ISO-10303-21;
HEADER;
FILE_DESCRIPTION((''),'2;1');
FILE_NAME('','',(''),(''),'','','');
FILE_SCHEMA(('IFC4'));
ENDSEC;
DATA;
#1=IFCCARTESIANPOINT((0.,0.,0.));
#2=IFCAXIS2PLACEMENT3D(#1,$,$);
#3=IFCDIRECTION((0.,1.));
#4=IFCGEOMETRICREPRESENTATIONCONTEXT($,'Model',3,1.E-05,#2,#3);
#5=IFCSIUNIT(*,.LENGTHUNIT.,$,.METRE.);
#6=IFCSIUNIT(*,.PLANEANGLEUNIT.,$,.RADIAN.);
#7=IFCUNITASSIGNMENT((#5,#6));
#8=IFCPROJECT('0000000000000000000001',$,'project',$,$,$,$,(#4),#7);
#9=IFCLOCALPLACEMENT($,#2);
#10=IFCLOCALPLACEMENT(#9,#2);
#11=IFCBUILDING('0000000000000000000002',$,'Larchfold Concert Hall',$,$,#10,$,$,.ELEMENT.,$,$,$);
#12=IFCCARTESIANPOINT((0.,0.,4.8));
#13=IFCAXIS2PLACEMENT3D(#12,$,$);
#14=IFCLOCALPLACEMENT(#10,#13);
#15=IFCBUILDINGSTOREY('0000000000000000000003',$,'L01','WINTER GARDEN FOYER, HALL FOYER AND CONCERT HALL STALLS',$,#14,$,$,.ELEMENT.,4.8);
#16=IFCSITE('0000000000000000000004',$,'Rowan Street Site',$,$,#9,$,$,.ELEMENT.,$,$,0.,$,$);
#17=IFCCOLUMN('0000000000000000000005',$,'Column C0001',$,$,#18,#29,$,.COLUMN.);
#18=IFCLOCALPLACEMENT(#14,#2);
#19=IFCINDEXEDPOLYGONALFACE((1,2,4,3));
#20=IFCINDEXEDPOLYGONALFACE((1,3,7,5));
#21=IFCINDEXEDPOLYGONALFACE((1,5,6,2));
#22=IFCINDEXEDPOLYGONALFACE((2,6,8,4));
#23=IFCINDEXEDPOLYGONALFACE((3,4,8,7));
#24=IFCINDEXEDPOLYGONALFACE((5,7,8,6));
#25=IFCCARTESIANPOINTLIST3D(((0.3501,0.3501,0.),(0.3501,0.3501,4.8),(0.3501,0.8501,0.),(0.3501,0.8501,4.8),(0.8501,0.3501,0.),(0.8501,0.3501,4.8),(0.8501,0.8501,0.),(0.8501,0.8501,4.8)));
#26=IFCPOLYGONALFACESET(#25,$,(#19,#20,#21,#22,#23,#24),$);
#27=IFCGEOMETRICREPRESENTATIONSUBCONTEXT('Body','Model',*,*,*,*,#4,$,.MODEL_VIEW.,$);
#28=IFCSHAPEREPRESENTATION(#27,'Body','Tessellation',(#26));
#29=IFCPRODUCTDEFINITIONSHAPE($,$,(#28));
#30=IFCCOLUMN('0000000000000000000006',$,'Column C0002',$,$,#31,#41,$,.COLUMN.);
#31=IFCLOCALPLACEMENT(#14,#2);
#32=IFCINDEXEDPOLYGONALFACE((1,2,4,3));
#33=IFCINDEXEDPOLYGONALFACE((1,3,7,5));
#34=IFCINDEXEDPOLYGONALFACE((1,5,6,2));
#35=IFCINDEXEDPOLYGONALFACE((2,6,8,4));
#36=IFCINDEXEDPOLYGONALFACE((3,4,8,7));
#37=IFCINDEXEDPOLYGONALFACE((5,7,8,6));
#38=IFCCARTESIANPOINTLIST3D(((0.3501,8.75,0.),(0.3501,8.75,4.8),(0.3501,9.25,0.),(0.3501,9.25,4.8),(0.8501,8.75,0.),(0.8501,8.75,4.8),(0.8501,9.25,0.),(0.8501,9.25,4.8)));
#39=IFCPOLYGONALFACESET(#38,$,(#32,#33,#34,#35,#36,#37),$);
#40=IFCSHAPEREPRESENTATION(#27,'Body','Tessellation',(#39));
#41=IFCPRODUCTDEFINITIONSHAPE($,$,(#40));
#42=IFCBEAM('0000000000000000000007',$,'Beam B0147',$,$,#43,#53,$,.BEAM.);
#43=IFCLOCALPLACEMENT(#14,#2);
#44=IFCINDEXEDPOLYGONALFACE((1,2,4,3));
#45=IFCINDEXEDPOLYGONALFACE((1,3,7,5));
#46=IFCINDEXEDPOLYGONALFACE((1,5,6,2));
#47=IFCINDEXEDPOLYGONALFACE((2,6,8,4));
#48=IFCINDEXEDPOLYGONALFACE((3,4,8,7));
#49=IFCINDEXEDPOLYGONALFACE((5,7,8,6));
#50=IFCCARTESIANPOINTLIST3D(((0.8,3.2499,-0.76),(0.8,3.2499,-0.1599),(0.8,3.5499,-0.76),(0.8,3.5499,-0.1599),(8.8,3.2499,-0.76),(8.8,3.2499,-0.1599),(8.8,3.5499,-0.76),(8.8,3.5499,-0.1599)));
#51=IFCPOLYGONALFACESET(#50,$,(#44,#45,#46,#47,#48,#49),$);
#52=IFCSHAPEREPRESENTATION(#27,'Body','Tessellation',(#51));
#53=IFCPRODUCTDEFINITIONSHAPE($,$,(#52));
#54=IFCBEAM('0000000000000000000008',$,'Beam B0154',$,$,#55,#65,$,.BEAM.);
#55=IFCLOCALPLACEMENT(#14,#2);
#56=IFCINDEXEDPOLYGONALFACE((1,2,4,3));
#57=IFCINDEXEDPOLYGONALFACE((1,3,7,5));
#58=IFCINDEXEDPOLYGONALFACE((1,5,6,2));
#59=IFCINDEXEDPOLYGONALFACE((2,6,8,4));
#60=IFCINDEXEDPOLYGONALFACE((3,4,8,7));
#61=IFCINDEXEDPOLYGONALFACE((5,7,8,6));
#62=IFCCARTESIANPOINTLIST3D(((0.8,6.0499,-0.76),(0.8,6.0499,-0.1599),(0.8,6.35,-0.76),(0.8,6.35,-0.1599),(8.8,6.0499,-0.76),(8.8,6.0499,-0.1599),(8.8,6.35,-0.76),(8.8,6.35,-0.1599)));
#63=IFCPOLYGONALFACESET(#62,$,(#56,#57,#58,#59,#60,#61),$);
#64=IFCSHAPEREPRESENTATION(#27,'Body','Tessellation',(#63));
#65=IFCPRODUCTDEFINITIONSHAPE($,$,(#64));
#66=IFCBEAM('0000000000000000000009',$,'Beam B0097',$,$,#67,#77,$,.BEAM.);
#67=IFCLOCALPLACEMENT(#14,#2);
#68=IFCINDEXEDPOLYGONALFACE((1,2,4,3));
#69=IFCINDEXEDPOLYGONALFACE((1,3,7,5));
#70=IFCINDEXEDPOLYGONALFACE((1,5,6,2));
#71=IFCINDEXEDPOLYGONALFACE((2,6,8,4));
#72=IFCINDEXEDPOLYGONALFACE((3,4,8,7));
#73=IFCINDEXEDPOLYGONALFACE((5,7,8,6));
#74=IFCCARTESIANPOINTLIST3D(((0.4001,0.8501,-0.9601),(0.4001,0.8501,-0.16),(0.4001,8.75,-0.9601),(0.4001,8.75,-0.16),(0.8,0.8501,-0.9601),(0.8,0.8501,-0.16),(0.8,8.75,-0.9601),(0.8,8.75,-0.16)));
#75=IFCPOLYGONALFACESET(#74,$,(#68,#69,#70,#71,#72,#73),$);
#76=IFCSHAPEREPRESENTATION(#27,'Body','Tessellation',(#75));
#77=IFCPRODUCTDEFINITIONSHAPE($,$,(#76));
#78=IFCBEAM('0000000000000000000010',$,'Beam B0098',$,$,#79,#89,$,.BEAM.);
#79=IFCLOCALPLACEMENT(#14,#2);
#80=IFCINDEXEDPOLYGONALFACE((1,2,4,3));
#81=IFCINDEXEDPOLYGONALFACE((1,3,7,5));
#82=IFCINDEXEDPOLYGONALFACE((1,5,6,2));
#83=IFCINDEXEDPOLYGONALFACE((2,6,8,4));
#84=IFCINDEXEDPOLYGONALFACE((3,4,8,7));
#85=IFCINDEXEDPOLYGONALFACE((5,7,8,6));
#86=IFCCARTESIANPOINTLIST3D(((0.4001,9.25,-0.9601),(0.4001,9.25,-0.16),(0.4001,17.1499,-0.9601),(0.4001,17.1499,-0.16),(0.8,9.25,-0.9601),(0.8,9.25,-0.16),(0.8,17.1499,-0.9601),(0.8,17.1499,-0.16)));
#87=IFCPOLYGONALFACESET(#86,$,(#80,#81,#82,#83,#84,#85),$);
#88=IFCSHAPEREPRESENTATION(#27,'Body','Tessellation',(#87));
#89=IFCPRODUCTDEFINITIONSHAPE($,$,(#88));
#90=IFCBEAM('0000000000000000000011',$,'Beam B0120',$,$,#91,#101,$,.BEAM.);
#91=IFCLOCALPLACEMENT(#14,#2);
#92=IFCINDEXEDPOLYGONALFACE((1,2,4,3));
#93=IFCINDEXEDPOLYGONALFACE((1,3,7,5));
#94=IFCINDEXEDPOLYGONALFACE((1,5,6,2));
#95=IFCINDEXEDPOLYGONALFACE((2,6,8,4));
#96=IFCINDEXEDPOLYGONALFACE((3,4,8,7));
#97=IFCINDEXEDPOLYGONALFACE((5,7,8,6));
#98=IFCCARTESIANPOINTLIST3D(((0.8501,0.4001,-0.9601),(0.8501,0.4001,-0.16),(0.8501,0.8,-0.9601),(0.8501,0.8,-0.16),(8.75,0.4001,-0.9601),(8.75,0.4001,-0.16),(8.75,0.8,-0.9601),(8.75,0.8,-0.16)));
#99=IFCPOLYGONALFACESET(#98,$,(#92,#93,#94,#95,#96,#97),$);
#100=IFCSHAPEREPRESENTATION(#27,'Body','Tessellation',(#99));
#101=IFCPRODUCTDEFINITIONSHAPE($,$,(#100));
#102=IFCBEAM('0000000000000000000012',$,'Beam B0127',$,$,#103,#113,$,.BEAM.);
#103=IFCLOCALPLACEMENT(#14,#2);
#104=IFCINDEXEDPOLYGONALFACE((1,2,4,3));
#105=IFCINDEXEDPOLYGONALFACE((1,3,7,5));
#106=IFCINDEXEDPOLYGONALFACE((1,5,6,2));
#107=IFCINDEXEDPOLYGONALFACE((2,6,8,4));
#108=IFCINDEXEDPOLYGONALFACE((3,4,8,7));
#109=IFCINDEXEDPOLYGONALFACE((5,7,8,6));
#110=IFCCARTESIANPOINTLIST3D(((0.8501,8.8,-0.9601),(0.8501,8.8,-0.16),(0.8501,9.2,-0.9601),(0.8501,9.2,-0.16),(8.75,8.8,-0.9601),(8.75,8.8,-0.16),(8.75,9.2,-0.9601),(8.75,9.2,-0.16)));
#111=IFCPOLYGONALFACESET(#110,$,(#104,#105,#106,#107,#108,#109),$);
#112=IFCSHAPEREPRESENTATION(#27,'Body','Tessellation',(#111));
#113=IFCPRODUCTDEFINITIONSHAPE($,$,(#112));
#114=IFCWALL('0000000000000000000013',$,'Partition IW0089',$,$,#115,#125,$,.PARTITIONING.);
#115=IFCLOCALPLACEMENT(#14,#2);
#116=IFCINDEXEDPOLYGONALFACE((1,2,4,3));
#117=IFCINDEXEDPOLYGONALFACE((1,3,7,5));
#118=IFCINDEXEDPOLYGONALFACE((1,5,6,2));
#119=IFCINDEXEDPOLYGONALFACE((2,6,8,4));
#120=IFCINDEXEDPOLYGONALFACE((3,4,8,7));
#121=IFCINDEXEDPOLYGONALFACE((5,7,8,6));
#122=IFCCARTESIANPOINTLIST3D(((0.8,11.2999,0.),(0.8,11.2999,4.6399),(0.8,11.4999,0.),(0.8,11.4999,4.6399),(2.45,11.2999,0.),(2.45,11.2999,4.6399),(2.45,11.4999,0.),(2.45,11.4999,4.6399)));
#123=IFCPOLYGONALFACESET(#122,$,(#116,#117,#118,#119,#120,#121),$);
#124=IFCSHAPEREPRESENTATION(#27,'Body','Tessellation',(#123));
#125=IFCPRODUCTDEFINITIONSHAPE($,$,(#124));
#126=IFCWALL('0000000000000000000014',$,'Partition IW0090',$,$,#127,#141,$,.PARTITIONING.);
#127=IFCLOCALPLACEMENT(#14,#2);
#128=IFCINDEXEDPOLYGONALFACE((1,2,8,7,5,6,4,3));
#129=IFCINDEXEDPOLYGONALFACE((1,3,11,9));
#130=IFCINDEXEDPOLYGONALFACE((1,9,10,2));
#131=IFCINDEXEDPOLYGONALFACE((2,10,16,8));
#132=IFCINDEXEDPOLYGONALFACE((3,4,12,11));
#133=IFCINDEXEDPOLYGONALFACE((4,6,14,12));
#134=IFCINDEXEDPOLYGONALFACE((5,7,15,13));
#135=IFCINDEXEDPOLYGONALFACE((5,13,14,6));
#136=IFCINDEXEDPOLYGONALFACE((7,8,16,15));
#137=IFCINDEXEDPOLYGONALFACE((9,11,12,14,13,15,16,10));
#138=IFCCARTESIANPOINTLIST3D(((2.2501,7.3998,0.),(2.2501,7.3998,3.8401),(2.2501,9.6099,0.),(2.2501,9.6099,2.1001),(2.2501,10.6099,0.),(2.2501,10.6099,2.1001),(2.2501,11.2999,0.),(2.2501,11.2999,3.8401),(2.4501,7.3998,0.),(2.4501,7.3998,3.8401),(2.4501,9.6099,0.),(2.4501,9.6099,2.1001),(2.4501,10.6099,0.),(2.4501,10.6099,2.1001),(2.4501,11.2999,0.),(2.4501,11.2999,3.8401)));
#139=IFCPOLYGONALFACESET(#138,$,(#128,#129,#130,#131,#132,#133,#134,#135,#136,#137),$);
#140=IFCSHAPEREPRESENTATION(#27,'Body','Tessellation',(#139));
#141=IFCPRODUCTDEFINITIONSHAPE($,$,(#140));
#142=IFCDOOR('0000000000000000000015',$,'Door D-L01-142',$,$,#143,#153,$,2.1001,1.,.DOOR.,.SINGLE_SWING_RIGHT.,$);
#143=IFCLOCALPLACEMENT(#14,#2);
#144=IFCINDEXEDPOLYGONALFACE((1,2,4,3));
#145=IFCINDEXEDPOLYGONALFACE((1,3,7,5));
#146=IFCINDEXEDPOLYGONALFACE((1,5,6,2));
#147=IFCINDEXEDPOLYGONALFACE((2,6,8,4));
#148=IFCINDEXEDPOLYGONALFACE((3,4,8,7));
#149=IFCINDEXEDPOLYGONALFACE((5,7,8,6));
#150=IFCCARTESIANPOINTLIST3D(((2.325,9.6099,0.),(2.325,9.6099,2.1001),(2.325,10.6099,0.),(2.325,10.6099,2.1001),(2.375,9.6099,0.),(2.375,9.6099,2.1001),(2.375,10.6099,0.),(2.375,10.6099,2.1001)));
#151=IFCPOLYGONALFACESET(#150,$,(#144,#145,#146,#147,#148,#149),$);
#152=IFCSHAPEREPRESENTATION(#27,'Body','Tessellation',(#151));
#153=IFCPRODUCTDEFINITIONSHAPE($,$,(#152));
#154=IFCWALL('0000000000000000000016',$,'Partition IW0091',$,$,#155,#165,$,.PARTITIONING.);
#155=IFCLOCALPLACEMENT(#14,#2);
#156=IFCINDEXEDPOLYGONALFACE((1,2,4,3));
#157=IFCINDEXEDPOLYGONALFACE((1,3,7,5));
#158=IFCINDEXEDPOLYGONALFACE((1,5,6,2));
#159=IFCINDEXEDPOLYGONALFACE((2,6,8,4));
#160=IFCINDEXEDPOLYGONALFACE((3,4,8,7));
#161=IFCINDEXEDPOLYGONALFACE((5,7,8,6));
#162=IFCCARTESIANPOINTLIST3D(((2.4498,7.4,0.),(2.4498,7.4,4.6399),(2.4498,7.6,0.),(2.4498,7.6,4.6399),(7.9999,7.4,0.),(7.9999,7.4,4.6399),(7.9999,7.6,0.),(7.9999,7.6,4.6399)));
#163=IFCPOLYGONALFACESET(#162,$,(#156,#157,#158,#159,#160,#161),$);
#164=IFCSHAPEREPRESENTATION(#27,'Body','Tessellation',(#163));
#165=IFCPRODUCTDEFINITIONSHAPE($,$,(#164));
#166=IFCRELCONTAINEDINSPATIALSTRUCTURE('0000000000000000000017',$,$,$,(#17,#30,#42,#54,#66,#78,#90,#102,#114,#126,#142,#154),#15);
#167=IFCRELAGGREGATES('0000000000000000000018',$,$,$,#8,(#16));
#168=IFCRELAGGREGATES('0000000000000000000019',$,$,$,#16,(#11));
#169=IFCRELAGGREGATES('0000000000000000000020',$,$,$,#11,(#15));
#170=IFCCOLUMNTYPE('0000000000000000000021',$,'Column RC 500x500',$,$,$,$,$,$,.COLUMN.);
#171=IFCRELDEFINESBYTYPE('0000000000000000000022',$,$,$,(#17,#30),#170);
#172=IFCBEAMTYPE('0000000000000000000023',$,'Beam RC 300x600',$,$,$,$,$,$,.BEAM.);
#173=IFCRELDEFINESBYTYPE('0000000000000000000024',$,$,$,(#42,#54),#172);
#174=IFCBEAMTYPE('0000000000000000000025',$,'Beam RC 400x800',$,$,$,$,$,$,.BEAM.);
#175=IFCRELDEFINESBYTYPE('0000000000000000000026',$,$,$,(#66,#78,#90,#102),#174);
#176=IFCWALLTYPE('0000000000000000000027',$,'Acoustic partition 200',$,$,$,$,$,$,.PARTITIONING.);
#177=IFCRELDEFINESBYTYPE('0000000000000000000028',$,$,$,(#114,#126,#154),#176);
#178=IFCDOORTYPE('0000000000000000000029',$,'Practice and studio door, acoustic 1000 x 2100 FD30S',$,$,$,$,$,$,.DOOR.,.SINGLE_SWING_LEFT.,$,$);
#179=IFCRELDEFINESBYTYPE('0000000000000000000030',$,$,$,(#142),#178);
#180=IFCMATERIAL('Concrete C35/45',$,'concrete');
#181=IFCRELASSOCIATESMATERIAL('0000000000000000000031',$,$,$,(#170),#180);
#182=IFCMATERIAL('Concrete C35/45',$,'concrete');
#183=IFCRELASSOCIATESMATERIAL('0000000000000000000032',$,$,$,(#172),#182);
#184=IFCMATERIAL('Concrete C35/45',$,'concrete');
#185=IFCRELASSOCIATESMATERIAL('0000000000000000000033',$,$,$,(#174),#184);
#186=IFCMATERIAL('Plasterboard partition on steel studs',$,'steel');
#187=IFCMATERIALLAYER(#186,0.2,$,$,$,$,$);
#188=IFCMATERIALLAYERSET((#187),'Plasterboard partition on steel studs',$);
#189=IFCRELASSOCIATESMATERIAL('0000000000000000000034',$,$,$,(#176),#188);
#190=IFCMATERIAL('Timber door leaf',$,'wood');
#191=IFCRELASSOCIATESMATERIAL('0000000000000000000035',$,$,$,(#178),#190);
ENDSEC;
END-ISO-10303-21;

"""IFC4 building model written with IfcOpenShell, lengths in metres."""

from ifc_helpers import new_model, si_unit, direction, frame, frame_2d, origin, origin_2d, place, context, subcontext, project, spatial, rectangle, extrude, material, layer, layer_set, material_profile, profile_set, type_object, element, fill, save


model = new_model("IFC4")

# Units and contexts
model_context = context("Model", 3, precision=1e-05, world=origin(), true_north=direction((0.0, 1.0)))
body_context = subcontext(model_context, "Body", "Model", "MODEL_VIEW")
ifc_project = project(units=[si_unit("LENGTHUNIT", "METRE"), si_unit("PLANEANGLEUNIT", "RADIAN")], contexts=[model_context])

# Site, building, storey
site_placement = place(None, origin())
site = spatial("IfcSite", under=ifc_project, at=site_placement, Name="Rowan Street Site", CompositionType="ELEMENT", RefElevation=0.0)
building_placement = place(site_placement, origin())
building = spatial("IfcBuilding", under=site, at=building_placement, Name="Larchfold Concert Hall", CompositionType="ELEMENT")
storey_placement = place(building_placement, frame((0.0, 0.0, 4.8)))
storey = spatial("IfcBuildingStorey", under=building, at=storey_placement, Name="L01", Description="WINTER GARDEN FOYER, HALL FOYER AND CONCERT HALL STALLS", CompositionType="ELEMENT", Elevation=4.8)

# Columns
ifc_material_1 = material(Name="Concrete C35/45", Category="concrete")
ifc_material_profile_1 = material_profile(ifc_material_1, rectangle(XDim=0.5, YDim=0.5, at=origin_2d()))
ifc_profile_set_1 = profile_set([ifc_material_profile_1], Name="Concrete C35/45")
column_type = type_object("IfcColumnType", Name="Column RC 500x500", PredefinedType="COLUMN", material=ifc_profile_set_1)
for number, where, z_axis, x_axis, name in (
    (1, (0.6001, 0.6001, 0.0), (0.0, 0.0, 1.0), (1.0, 0.0, 0.0), "Column C0001"),
    (2, (0.6001, 9.0, 0.0), (0.0, 0.0, 1.0), (1.0, 0.0, 0.0), "Column C0002"),
):
    element("IfcColumn", number, at=place(storey_placement, frame(where, z_axis=z_axis, x_axis=x_axis)), inside=storey, type_object=column_type, Name=name, PredefinedType="COLUMN", context=body_context, shape_type="SweptSolid", body=[
        extrude(rectangle(XDim=0.5, YDim=0.5, at=origin_2d()), origin(), (0.0, 0.0, 1.0), 4.8),
    ])

# Beams
ifc_material_2 = material(Name="Concrete C35/45", Category="concrete")
ifc_material_profile_2 = material_profile(ifc_material_2, rectangle(XDim=0.3, YDim=0.6001, at=origin_2d()))
ifc_profile_set_2 = profile_set([ifc_material_profile_2], Name="Concrete C35/45")
beam_type_1 = type_object("IfcBeamType", Name="Beam RC 300x600", PredefinedType="BEAM", material=ifc_profile_set_2)
for number, where, z_axis, x_axis, name in (
    (3, (0.8, 3.3999, -0.46), (1.0, 0.0, 0.0), (0.0, 1.0, 0.0), "Beam B0147"),
    (4, (0.8, 6.2, -0.46), (1.0, 0.0, 0.0), (0.0, 1.0, 0.0), "Beam B0154"),
):
    element("IfcBeam", number, at=place(storey_placement, frame(where, z_axis=z_axis, x_axis=x_axis)), inside=storey, type_object=beam_type_1, Name=name, PredefinedType="BEAM", context=body_context, shape_type="SweptSolid", body=[
        extrude(rectangle(XDim=0.3, YDim=0.6001, at=origin_2d()), origin(), (0.0, 0.0, 1.0), 8.0),
    ])
ifc_material_3 = material(Name="Concrete C35/45", Category="concrete")
ifc_material_profile_3 = material_profile(ifc_material_3, rectangle(XDim=0.3999, YDim=0.8, at=origin_2d()))
ifc_profile_set_3 = profile_set([ifc_material_profile_3], Name="Concrete C35/45")
beam_type_2 = type_object("IfcBeamType", Name="Beam RC 400x800", PredefinedType="BEAM", material=ifc_profile_set_3)
for number, where, z_axis, x_axis, name in (
    (5, (0.6001, 0.8501, -0.5601), (0.0, 1.0, 0.0), (-1.0, 0.0, 0.0), "Beam B0097"),
    (6, (0.6001, 9.25, -0.5601), (0.0, 1.0, 0.0), (-1.0, 0.0, 0.0), "Beam B0098"),
    (7, (0.8501, 0.6001, -0.5601), (1.0, 0.0, 0.0), (0.0, 1.0, 0.0), "Beam B0120"),
    (8, (0.8501, 9.0, -0.5601), (1.0, 0.0, 0.0), (0.0, 1.0, 0.0), "Beam B0127"),
):
    element("IfcBeam", number, at=place(storey_placement, frame(where, z_axis=z_axis, x_axis=x_axis)), inside=storey, type_object=beam_type_2, Name=name, PredefinedType="BEAM", context=body_context, shape_type="SweptSolid", body=[
        extrude(rectangle(XDim=0.3999, YDim=0.8, at=origin_2d()), origin(), (0.0, 0.0, 1.0), 7.8999),
    ])

# Wall
ifc_material_4 = material(Name="Plasterboard partition on steel studs", Category="steel")
ifc_layer_1 = layer(ifc_material_4, 0.2)
ifc_layer_set_1 = layer_set([ifc_layer_1], Name="Plasterboard partition on steel studs")
wall_type_1 = type_object("IfcWallType", Name="Acoustic partition 200", PredefinedType="PARTITIONING", material=ifc_layer_set_1)
wall_1_placement = place(storey_placement, frame((0.8, 11.3999, 0.0), z_axis=(0.0, 0.0, 1.0), x_axis=(1.0, 0.0, 0.0)))
element("IfcWall", 9, at=wall_1_placement, inside=storey, type_object=wall_type_1, Name="Partition IW0089", PredefinedType="PARTITIONING", context=body_context, shape_type="SweptSolid", body=[
    extrude(rectangle(XDim=1.6499, YDim=0.2, at=frame_2d((0.825, 0.0))), origin(), (0.0, 0.0, 1.0), 4.6399),
])

# Wall, opening, door
wall_2_placement = place(storey_placement, frame((2.3501, 11.3, 0.0), z_axis=(0.0, 0.0, 1.0), x_axis=(0.0, -1.0, 0.0)))
wall_2 = element("IfcWall", 10, at=wall_2_placement, inside=storey, type_object=wall_type_1, Name="Partition IW0090", PredefinedType="PARTITIONING", context=body_context, shape_type="SweptSolid", body=[
    extrude(rectangle(XDim=3.9001, YDim=0.2, at=frame_2d((1.9502, 0.0))), origin(), (0.0, 0.0, 1.0), 3.8401),
])
opening_1_placement = place(wall_2_placement, frame((0.6902, 0.0, 0.0)))
opening_1 = element("IfcOpeningElement", 11, at=opening_1_placement, cuts=wall_2, PredefinedType="OPENING", context=body_context, shape_type="SweptSolid", body=[
    extrude(rectangle(XDim=1.0, YDim=2.1001, at=frame_2d((0.5, 1.05))), frame((0.0, 0.1099, 0.0), z_axis=(0.0, -1.0, 0.0), x_axis=(1.0, 0.0, 0.0)), (0.0, 0.0, 1.0), 0.22),
])
ifc_material_5 = material(Name="Timber door leaf", Category="wood")
door_type_1 = type_object("IfcDoorType", Name="Practice and studio door, acoustic 1000 x 2100 FD30S", OperationType="SINGLE_SWING_LEFT", PredefinedType="DOOR", material=ifc_material_5)
door_1_placement = place(opening_1_placement, origin())
door_1 = element("IfcDoor", 12, at=door_1_placement, inside=storey, type_object=door_type_1, Name="Door D-L01-142", OperationType="SINGLE_SWING_RIGHT", OverallHeight=2.1001, OverallWidth=1.0, PredefinedType="DOOR", context=body_context, shape_type="SweptSolid", body=[
    extrude(rectangle(XDim=1.0, YDim=2.1001, at=frame_2d((0.5, 1.05))), frame((0.0, 0.0249, 0.0), z_axis=(0.0, -1.0, 0.0), x_axis=(1.0, 0.0, 0.0)), (0.0, 0.0, 1.0), 0.05),
])
fill(opening_1, door_1)

# Wall
wall_3_placement = place(storey_placement, frame((2.45, 7.5, 0.0), z_axis=(0.0, 0.0, 1.0), x_axis=(1.0, 0.0, 0.0)))
element("IfcWall", 13, at=wall_3_placement, inside=storey, type_object=wall_type_1, Name="Partition IW0091", PredefinedType="PARTITIONING", context=body_context, shape_type="SweptSolid", body=[
    extrude(rectangle(XDim=5.55, YDim=0.2, at=frame_2d((2.7749, 0.0))), origin(), (0.0, 0.0, 1.0), 4.6399),
])

save(model, "model.ifc")
